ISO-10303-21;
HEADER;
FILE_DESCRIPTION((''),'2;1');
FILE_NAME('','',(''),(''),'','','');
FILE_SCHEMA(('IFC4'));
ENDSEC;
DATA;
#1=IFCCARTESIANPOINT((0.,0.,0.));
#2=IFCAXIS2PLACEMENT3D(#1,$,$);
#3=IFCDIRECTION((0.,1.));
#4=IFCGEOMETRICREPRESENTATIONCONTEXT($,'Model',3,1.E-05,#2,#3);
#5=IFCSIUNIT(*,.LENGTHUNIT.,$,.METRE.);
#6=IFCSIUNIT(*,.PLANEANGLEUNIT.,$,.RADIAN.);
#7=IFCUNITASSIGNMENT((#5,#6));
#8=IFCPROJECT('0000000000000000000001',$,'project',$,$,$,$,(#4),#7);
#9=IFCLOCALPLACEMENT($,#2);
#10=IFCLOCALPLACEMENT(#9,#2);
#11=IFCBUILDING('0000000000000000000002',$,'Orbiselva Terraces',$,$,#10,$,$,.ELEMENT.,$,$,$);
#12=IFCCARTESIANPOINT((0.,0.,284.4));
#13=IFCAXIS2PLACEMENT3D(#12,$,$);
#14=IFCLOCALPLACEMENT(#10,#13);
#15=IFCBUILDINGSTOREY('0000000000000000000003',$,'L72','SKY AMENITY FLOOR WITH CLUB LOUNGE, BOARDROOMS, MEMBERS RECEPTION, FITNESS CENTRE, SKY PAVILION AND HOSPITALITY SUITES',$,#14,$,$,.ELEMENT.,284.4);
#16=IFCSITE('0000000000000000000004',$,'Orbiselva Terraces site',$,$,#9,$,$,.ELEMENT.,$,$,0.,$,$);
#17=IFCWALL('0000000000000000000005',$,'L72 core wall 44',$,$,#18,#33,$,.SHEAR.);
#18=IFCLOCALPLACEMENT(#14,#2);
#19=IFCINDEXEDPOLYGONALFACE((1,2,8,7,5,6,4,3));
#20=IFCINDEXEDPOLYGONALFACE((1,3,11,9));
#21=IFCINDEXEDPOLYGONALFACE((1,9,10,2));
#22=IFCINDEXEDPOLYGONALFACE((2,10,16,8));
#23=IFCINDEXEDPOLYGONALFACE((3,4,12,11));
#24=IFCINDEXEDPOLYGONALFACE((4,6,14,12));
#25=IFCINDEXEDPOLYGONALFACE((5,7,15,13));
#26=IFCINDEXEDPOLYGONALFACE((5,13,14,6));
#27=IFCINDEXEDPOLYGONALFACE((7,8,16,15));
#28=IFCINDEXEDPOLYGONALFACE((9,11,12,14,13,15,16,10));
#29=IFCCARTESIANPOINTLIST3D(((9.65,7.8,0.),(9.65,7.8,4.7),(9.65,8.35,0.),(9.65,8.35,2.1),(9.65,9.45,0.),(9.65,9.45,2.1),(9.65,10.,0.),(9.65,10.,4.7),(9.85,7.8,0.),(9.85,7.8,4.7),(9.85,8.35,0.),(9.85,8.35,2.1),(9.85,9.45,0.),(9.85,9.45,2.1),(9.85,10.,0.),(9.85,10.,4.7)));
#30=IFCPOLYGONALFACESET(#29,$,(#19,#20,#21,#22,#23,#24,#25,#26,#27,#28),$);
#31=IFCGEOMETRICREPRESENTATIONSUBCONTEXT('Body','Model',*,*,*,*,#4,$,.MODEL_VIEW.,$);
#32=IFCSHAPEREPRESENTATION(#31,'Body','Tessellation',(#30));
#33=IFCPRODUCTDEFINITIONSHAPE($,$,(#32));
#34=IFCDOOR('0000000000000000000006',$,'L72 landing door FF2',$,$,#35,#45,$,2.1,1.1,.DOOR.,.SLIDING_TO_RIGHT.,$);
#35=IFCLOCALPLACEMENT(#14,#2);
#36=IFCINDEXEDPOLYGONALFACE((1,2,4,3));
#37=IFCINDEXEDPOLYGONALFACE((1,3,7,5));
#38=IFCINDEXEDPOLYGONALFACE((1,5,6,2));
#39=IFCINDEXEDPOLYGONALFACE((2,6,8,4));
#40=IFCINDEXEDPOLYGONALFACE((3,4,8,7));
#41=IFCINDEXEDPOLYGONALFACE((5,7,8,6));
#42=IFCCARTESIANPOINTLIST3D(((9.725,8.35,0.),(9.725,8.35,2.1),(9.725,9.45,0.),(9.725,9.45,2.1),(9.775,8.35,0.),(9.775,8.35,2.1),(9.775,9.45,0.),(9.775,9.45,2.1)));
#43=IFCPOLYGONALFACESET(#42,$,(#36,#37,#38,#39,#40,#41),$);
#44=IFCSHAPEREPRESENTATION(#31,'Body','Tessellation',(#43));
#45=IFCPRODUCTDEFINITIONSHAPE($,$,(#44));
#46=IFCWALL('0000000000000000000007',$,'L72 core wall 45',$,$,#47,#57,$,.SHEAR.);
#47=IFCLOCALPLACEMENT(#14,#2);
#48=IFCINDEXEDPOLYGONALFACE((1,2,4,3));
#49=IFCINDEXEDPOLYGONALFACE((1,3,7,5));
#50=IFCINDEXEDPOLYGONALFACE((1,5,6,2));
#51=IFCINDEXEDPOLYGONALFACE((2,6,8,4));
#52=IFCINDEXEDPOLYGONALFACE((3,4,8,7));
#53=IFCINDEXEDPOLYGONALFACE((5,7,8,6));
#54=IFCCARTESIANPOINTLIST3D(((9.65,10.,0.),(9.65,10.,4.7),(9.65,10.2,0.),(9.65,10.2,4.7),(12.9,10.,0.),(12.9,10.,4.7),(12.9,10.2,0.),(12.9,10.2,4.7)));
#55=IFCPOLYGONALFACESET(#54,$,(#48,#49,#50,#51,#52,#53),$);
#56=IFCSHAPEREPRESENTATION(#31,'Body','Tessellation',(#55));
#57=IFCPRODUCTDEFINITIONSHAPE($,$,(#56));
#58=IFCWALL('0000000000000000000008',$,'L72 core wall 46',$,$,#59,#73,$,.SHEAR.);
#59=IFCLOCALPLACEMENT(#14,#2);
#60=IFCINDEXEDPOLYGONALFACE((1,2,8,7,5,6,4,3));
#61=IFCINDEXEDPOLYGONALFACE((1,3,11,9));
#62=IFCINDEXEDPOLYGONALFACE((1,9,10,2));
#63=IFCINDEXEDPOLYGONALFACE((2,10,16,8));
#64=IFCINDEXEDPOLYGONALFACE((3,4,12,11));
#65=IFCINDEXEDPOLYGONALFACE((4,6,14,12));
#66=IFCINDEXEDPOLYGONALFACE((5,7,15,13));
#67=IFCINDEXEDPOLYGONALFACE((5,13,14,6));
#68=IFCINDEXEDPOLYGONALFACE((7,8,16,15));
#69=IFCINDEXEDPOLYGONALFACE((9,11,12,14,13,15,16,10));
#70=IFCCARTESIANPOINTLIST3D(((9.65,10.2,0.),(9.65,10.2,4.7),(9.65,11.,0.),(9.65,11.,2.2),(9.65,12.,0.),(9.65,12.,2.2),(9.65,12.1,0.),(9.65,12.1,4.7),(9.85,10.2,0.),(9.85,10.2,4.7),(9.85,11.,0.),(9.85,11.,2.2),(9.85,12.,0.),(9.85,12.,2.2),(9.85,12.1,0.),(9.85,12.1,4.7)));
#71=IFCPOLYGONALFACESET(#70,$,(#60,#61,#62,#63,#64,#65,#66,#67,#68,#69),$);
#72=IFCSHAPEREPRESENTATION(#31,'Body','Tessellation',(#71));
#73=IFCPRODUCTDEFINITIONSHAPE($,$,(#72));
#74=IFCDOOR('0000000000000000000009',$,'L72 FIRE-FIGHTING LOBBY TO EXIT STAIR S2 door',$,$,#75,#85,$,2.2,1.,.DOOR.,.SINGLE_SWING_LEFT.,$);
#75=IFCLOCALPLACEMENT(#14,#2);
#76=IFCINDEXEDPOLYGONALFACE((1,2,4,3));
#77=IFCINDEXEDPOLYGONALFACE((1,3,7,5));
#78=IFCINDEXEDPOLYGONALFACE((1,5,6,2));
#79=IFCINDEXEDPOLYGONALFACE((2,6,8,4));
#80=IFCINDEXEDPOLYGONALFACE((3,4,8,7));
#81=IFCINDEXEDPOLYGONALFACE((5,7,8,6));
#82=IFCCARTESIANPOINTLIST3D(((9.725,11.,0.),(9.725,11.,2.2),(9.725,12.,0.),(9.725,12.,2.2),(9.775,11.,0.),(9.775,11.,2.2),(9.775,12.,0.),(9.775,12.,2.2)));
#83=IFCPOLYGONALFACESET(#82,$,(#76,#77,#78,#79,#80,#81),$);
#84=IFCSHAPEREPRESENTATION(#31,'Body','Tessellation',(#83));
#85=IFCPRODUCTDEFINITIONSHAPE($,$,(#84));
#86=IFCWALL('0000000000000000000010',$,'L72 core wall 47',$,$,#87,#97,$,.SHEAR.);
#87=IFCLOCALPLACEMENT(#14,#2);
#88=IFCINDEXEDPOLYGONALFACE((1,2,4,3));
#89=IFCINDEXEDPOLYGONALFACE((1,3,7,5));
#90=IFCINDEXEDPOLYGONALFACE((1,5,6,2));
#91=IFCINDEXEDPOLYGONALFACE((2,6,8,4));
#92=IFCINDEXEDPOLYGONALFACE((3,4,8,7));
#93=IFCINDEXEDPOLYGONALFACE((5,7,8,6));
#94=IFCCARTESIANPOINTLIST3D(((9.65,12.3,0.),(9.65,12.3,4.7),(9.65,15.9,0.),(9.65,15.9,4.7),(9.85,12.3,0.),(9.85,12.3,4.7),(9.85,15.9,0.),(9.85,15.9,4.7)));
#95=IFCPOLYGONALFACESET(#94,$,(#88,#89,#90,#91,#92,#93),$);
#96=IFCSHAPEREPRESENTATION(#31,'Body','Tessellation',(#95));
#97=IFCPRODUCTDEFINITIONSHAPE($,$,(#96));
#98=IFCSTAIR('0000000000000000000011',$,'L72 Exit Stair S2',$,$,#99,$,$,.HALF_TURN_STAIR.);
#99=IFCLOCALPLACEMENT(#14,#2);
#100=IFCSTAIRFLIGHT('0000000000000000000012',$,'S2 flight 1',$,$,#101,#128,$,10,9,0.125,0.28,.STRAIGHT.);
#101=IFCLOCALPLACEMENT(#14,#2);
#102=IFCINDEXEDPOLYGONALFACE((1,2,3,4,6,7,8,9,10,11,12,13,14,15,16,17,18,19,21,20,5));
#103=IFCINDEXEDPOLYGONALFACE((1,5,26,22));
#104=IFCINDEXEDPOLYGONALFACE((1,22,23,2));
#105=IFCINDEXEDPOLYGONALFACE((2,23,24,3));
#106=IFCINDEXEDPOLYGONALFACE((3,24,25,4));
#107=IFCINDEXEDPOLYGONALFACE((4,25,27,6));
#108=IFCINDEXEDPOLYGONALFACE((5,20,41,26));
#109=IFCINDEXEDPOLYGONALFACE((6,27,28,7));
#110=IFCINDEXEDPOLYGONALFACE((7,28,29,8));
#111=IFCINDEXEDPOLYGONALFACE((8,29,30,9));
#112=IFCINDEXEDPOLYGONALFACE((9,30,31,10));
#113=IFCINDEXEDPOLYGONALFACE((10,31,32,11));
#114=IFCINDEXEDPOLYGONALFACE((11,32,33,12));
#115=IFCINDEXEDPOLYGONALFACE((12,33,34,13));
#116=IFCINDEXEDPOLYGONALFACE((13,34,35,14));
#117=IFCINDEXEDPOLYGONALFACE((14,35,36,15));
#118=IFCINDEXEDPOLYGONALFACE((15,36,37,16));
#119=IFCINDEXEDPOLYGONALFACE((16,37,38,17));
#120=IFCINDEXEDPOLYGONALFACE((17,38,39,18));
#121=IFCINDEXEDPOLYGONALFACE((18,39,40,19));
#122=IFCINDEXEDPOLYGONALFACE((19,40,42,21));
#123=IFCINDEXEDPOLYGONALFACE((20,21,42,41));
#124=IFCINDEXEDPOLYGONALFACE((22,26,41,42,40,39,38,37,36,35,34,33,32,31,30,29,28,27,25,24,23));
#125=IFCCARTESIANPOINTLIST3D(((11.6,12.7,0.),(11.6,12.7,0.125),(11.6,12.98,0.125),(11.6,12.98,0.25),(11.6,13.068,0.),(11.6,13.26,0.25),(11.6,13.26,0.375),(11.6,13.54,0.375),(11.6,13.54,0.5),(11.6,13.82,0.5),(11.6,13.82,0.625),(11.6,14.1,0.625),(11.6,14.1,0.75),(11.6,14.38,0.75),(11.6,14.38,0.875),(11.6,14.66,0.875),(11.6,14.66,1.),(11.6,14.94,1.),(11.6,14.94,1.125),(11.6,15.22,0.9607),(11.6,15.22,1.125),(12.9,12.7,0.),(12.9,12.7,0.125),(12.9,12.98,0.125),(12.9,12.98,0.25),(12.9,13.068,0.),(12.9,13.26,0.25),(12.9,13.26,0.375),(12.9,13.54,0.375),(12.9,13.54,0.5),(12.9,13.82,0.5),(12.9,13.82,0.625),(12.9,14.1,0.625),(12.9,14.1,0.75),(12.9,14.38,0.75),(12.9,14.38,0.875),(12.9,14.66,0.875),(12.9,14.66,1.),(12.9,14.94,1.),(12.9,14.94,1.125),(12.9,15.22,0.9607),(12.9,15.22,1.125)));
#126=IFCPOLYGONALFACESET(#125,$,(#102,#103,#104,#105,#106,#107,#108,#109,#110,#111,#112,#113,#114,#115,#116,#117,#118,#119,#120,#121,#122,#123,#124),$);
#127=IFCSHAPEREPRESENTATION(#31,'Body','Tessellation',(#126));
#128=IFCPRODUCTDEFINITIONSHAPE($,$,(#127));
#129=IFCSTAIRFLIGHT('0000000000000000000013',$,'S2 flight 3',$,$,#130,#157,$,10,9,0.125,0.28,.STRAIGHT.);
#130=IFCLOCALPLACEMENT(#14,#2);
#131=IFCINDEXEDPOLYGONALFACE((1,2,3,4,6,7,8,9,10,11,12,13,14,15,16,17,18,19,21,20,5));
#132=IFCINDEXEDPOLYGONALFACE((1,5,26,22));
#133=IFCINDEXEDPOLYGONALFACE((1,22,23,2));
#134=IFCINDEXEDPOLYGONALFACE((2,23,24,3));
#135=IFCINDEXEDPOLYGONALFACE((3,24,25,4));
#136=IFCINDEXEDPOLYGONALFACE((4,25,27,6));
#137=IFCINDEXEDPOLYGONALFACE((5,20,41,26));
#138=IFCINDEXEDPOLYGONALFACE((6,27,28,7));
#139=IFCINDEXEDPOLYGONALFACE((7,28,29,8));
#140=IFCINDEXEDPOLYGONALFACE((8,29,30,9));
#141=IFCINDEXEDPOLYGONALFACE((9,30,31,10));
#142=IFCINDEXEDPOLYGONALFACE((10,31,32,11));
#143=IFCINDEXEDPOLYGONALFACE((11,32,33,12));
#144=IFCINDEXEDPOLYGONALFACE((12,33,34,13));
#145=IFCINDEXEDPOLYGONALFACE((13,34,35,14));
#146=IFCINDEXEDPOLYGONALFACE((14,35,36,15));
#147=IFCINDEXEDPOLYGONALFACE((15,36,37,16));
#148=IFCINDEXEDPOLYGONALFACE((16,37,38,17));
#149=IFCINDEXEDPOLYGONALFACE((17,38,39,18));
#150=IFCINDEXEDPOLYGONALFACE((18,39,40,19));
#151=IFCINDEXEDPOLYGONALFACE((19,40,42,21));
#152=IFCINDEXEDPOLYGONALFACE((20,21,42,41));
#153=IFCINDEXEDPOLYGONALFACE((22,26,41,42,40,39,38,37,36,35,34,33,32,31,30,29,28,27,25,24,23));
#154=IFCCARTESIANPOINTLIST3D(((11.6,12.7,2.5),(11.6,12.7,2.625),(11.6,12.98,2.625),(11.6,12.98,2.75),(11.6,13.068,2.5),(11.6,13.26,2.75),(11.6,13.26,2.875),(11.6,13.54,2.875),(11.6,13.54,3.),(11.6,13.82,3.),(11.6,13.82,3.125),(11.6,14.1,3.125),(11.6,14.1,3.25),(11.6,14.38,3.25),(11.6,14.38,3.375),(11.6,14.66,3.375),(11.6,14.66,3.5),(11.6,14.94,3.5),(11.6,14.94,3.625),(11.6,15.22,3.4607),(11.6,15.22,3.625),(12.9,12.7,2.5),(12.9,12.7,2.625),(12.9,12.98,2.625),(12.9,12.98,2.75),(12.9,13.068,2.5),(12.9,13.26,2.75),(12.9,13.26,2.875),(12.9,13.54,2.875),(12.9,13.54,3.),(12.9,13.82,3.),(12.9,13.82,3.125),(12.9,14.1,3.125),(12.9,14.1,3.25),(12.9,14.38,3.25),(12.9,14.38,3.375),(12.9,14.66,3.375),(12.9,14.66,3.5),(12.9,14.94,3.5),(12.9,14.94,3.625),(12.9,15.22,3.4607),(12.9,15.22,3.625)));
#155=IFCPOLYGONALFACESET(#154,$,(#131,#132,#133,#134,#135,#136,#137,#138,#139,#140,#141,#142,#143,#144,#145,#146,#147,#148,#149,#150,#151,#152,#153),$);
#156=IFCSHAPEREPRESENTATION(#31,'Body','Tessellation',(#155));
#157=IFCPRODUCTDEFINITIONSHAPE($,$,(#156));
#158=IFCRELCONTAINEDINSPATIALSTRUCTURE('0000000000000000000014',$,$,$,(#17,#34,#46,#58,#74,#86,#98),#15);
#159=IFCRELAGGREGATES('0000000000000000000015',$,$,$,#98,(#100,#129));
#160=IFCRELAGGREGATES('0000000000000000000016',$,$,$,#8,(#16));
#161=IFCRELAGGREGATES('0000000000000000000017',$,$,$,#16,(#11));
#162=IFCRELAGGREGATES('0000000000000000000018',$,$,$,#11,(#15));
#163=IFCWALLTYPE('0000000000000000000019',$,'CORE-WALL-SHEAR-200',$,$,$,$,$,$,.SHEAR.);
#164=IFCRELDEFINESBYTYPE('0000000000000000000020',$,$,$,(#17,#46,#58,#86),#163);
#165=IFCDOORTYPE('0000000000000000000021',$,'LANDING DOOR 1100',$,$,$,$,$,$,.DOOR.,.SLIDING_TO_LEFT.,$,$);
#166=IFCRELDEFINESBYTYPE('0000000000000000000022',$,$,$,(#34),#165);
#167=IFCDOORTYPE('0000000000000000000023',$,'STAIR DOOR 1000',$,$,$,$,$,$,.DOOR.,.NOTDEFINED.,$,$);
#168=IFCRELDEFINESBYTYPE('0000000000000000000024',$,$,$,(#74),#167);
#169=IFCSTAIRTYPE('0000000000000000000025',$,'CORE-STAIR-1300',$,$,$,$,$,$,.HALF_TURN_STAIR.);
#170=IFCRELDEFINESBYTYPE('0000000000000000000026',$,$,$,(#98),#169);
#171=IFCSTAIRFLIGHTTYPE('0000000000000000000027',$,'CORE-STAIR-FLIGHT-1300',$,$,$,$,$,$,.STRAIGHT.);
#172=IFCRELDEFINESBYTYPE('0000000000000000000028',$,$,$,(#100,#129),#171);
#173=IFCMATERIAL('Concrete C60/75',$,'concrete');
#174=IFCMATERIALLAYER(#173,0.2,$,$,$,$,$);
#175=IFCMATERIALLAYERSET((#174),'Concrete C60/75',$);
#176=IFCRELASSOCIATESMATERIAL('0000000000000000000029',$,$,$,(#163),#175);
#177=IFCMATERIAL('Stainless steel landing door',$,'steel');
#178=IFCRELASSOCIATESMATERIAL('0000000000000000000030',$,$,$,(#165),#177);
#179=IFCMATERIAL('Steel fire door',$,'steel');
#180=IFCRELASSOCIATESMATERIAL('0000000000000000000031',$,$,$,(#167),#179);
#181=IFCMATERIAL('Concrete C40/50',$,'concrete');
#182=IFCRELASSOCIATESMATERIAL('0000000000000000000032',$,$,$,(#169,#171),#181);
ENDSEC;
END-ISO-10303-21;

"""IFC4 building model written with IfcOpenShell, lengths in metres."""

from ifc_helpers import new_model, si_unit, direction, frame, frame_2d, origin, place, context, subcontext, project, spatial, polyline, rectangle, outline, extrude, material, layer, layer_set, type_object, element, fill, aggregate, save


model = new_model("IFC4")

# Units and contexts
model_context = context("Model", 3, precision=1e-05, world=origin(), true_north=direction((0.0, 1.0)))
body_context = subcontext(model_context, "Body", "Model", "MODEL_VIEW")
ifc_project = project(units=[si_unit("LENGTHUNIT", "METRE"), si_unit("PLANEANGLEUNIT", "RADIAN")], contexts=[model_context])

# Site, building, storey
site_placement = place(None, origin())
site = spatial("IfcSite", under=ifc_project, at=site_placement, Name="Orbiselva Terraces site", CompositionType="ELEMENT", RefElevation=0.0)
building_placement = place(site_placement, origin())
building = spatial("IfcBuilding", under=site, at=building_placement, Name="Orbiselva Terraces", CompositionType="ELEMENT")
storey_placement = place(building_placement, frame((0.0, 0.0, 284.4)))
storey = spatial("IfcBuildingStorey", under=building, at=storey_placement, Name="L72", Description="SKY AMENITY FLOOR WITH CLUB LOUNGE, BOARDROOMS, MEMBERS RECEPTION, FITNESS CENTRE, SKY PAVILION AND HOSPITALITY SUITES", CompositionType="ELEMENT", Elevation=284.4)

# Shared definitions
ifc_material_1 = material(Name="Steel fire door", Category="steel")

# Shared definitions
ifc_material_2 = material(Name="Concrete C60/75", Category="concrete")
ifc_layer_1 = layer(ifc_material_2, 0.2)
ifc_layer_set_1 = layer_set([ifc_layer_1], Name="Concrete C60/75")
wall_type_1 = type_object("IfcWallType", Name="CORE-WALL-SHEAR-200", PredefinedType="SHEAR", material=ifc_layer_set_1)

# Shared definitions
ifc_material_3 = material(Name="Stainless steel landing door", Category="steel")
door_type_1 = type_object("IfcDoorType", Name="LANDING DOOR 1100", OperationType="SLIDING_TO_LEFT", PredefinedType="DOOR", material=ifc_material_3)

# Wall, opening, door
wall_1_placement = place(storey_placement, frame((9.75, 7.8, 0.0), z_axis=(0.0, 0.0, 1.0), x_axis=(0.0, 1.0, 0.0)))
wall_1 = element("IfcWall", 1, at=wall_1_placement, inside=storey, type_object=wall_type_1, Name="L72 core wall 44", PredefinedType="SHEAR", context=body_context, shape_type="SweptSolid", body=[
    extrude(rectangle(XDim=2.2, YDim=0.2, at=frame_2d((1.1, 0.0))), origin(), (0.0, 0.0, 1.0), 4.7),
])
opening_1_placement = place(wall_1_placement, frame((0.55, 0.0, 0.0)))
opening_1 = element("IfcOpeningElement", 2, at=opening_1_placement, cuts=wall_1, PredefinedType="OPENING", context=body_context, shape_type="SweptSolid", body=[
    extrude(rectangle(XDim=1.1, YDim=2.1, at=frame_2d((0.55, 1.05))), frame((0.0, 0.11, 0.0), z_axis=(0.0, -1.0, 0.0), x_axis=(1.0, 0.0, 0.0)), (0.0, 0.0, 1.0), 0.22),
])
door_1_placement = place(opening_1_placement, origin())
door_1 = element("IfcDoor", 3, at=door_1_placement, inside=storey, type_object=door_type_1, Name="L72 landing door FF2", OperationType="SLIDING_TO_RIGHT", OverallHeight=2.1, OverallWidth=1.1, PredefinedType="DOOR", context=body_context, shape_type="SweptSolid", body=[
    extrude(rectangle(XDim=1.1, YDim=2.1, at=frame_2d((0.55, 1.05))), frame((0.0, 0.025, 0.0), z_axis=(0.0, -1.0, 0.0), x_axis=(1.0, 0.0, 0.0)), (0.0, 0.0, 1.0), 0.05),
])
fill(opening_1, door_1)

# Wall
wall_2_placement = place(storey_placement, frame((9.65, 10.1, 0.0), z_axis=(0.0, 0.0, 1.0), x_axis=(1.0, 0.0, 0.0)))
element("IfcWall", 4, at=wall_2_placement, inside=storey, type_object=wall_type_1, Name="L72 core wall 45", PredefinedType="SHEAR", context=body_context, shape_type="SweptSolid", body=[
    extrude(rectangle(XDim=3.25, YDim=0.2, at=frame_2d((1.625, 0.0))), origin(), (0.0, 0.0, 1.0), 4.7),
])

# Wall, opening, door
wall_3_placement = place(storey_placement, frame((9.75, 12.1, 0.0), z_axis=(0.0, 0.0, 1.0), x_axis=(0.0, -1.0, 0.0)))
wall_3 = element("IfcWall", 5, at=wall_3_placement, inside=storey, type_object=wall_type_1, Name="L72 core wall 46", PredefinedType="SHEAR", context=body_context, shape_type="SweptSolid", body=[
    extrude(rectangle(XDim=1.9, YDim=0.2, at=frame_2d((0.95, 0.0))), origin(), (0.0, 0.0, 1.0), 4.7),
])
opening_2_placement = place(wall_3_placement, frame((0.1, 0.0, 0.0)))
opening_2 = element("IfcOpeningElement", 6, at=opening_2_placement, cuts=wall_3, PredefinedType="OPENING", context=body_context, shape_type="SweptSolid", body=[
    extrude(rectangle(XDim=1.0, YDim=2.2, at=frame_2d((0.5, 1.1))), frame((0.0, 0.11, 0.0), z_axis=(0.0, -1.0, 0.0), x_axis=(1.0, 0.0, 0.0)), (0.0, 0.0, 1.0), 0.22),
])
door_type_2 = type_object("IfcDoorType", Name="STAIR DOOR 1000", OperationType="NOTDEFINED", PredefinedType="DOOR", material=ifc_material_1)
door_2_placement = place(opening_2_placement, origin())
door_2 = element("IfcDoor", 7, at=door_2_placement, inside=storey, type_object=door_type_2, Name="L72 FIRE-FIGHTING LOBBY TO EXIT STAIR S2 door", OperationType="SINGLE_SWING_LEFT", OverallHeight=2.2, OverallWidth=1.0, PredefinedType="DOOR", context=body_context, shape_type="SweptSolid", body=[
    extrude(rectangle(XDim=1.0, YDim=2.2, at=frame_2d((0.5, 1.1))), frame((0.0, 0.025, 0.0), z_axis=(0.0, -1.0, 0.0), x_axis=(1.0, 0.0, 0.0)), (0.0, 0.0, 1.0), 0.05),
])
fill(opening_2, door_2)

# Wall
wall_4_placement = place(storey_placement, frame((9.75, 12.3, 0.0), z_axis=(0.0, 0.0, 1.0), x_axis=(0.0, 1.0, 0.0)))
element("IfcWall", 8, at=wall_4_placement, inside=storey, type_object=wall_type_1, Name="L72 core wall 47", PredefinedType="SHEAR", context=body_context, shape_type="SweptSolid", body=[
    extrude(rectangle(XDim=3.6, YDim=0.2, at=frame_2d((1.8, 0.0))), origin(), (0.0, 0.0, 1.0), 4.7),
])

# Stair, stair flights
ifc_material_4 = material(Name="Concrete C40/50", Category="concrete")
stair_type = type_object("IfcStairType", Name="CORE-STAIR-1300", PredefinedType="HALF_TURN_STAIR", material=ifc_material_4)
stair_placement = place(storey_placement, origin())
stair = element("IfcStair", 9, at=stair_placement, inside=storey, type_object=stair_type, Name="L72 Exit Stair S2", PredefinedType="HALF_TURN_STAIR")
stair_flight_type = type_object("IfcStairFlightType", Name="CORE-STAIR-FLIGHT-1300", PredefinedType="STRAIGHT", material=ifc_material_4)
stair_flight_1_placement = place(storey_placement, frame((12.25, 12.7, 0.0), z_axis=(0.0, 0.0, 1.0), x_axis=(0.0, 1.0, 0.0)))
stair_flight_1 = element("IfcStairFlight", 10, at=stair_flight_1_placement, type_object=stair_flight_type, Name="S2 flight 1", NumberOfRisers=10, NumberOfTreads=9, PredefinedType="STRAIGHT", RiserHeight=0.125, TreadLength=0.28, context=body_context, shape_type="SweptSolid", body=[
    extrude(outline(polyline([(0.0, 0.0), (0.0, 0.125), (0.28, 0.125), (0.28, 0.25), (0.56, 0.25), (0.56, 0.375), (0.84, 0.375), (0.84, 0.5), (1.12, 0.5), (1.12, 0.625), (1.4, 0.625), (1.4, 0.75), (1.68, 0.75), (1.68, 0.875), (1.96, 0.875), (1.96, 1.0), (2.24, 1.0), (2.24, 1.125), (2.52, 1.125), (2.52, 1.25), (2.52, 0.9607), (0.368, 0.0), (0.0, 0.0)])), frame((0.0, 0.65, 0.0), z_axis=(0.0, -1.0, 0.0), x_axis=(1.0, 0.0, 0.0)), (0.0, 0.0, 1.0), 1.3),
])
stair_flight_2_placement = place(storey_placement, frame((12.25, 12.7, 2.5), z_axis=(0.0, 0.0, 1.0), x_axis=(0.0, 1.0, 0.0)))
stair_flight_2 = element("IfcStairFlight", 11, at=stair_flight_2_placement, type_object=stair_flight_type, Name="S2 flight 3", NumberOfRisers=10, NumberOfTreads=9, PredefinedType="STRAIGHT", RiserHeight=0.125, TreadLength=0.28, context=body_context, shape_type="SweptSolid", body=[
    extrude(outline(polyline([(0.0, 0.0), (0.0, 0.125), (0.28, 0.125), (0.28, 0.25), (0.56, 0.25), (0.56, 0.375), (0.84, 0.375), (0.84, 0.5), (1.12, 0.5), (1.12, 0.625), (1.4, 0.625), (1.4, 0.75), (1.68, 0.75), (1.68, 0.875), (1.96, 0.875), (1.96, 1.0), (2.24, 1.0), (2.24, 1.125), (2.52, 1.125), (2.52, 1.25), (2.52, 0.9607), (0.368, 0.0), (0.0, 0.0)])), frame((0.0, 0.65, 0.0), z_axis=(0.0, -1.0, 0.0), x_axis=(1.0, 0.0, 0.0)), (0.0, 0.0, 1.0), 1.3),
])
aggregate(stair, [stair_flight_1, stair_flight_2])

save(model, "model.ifc")
